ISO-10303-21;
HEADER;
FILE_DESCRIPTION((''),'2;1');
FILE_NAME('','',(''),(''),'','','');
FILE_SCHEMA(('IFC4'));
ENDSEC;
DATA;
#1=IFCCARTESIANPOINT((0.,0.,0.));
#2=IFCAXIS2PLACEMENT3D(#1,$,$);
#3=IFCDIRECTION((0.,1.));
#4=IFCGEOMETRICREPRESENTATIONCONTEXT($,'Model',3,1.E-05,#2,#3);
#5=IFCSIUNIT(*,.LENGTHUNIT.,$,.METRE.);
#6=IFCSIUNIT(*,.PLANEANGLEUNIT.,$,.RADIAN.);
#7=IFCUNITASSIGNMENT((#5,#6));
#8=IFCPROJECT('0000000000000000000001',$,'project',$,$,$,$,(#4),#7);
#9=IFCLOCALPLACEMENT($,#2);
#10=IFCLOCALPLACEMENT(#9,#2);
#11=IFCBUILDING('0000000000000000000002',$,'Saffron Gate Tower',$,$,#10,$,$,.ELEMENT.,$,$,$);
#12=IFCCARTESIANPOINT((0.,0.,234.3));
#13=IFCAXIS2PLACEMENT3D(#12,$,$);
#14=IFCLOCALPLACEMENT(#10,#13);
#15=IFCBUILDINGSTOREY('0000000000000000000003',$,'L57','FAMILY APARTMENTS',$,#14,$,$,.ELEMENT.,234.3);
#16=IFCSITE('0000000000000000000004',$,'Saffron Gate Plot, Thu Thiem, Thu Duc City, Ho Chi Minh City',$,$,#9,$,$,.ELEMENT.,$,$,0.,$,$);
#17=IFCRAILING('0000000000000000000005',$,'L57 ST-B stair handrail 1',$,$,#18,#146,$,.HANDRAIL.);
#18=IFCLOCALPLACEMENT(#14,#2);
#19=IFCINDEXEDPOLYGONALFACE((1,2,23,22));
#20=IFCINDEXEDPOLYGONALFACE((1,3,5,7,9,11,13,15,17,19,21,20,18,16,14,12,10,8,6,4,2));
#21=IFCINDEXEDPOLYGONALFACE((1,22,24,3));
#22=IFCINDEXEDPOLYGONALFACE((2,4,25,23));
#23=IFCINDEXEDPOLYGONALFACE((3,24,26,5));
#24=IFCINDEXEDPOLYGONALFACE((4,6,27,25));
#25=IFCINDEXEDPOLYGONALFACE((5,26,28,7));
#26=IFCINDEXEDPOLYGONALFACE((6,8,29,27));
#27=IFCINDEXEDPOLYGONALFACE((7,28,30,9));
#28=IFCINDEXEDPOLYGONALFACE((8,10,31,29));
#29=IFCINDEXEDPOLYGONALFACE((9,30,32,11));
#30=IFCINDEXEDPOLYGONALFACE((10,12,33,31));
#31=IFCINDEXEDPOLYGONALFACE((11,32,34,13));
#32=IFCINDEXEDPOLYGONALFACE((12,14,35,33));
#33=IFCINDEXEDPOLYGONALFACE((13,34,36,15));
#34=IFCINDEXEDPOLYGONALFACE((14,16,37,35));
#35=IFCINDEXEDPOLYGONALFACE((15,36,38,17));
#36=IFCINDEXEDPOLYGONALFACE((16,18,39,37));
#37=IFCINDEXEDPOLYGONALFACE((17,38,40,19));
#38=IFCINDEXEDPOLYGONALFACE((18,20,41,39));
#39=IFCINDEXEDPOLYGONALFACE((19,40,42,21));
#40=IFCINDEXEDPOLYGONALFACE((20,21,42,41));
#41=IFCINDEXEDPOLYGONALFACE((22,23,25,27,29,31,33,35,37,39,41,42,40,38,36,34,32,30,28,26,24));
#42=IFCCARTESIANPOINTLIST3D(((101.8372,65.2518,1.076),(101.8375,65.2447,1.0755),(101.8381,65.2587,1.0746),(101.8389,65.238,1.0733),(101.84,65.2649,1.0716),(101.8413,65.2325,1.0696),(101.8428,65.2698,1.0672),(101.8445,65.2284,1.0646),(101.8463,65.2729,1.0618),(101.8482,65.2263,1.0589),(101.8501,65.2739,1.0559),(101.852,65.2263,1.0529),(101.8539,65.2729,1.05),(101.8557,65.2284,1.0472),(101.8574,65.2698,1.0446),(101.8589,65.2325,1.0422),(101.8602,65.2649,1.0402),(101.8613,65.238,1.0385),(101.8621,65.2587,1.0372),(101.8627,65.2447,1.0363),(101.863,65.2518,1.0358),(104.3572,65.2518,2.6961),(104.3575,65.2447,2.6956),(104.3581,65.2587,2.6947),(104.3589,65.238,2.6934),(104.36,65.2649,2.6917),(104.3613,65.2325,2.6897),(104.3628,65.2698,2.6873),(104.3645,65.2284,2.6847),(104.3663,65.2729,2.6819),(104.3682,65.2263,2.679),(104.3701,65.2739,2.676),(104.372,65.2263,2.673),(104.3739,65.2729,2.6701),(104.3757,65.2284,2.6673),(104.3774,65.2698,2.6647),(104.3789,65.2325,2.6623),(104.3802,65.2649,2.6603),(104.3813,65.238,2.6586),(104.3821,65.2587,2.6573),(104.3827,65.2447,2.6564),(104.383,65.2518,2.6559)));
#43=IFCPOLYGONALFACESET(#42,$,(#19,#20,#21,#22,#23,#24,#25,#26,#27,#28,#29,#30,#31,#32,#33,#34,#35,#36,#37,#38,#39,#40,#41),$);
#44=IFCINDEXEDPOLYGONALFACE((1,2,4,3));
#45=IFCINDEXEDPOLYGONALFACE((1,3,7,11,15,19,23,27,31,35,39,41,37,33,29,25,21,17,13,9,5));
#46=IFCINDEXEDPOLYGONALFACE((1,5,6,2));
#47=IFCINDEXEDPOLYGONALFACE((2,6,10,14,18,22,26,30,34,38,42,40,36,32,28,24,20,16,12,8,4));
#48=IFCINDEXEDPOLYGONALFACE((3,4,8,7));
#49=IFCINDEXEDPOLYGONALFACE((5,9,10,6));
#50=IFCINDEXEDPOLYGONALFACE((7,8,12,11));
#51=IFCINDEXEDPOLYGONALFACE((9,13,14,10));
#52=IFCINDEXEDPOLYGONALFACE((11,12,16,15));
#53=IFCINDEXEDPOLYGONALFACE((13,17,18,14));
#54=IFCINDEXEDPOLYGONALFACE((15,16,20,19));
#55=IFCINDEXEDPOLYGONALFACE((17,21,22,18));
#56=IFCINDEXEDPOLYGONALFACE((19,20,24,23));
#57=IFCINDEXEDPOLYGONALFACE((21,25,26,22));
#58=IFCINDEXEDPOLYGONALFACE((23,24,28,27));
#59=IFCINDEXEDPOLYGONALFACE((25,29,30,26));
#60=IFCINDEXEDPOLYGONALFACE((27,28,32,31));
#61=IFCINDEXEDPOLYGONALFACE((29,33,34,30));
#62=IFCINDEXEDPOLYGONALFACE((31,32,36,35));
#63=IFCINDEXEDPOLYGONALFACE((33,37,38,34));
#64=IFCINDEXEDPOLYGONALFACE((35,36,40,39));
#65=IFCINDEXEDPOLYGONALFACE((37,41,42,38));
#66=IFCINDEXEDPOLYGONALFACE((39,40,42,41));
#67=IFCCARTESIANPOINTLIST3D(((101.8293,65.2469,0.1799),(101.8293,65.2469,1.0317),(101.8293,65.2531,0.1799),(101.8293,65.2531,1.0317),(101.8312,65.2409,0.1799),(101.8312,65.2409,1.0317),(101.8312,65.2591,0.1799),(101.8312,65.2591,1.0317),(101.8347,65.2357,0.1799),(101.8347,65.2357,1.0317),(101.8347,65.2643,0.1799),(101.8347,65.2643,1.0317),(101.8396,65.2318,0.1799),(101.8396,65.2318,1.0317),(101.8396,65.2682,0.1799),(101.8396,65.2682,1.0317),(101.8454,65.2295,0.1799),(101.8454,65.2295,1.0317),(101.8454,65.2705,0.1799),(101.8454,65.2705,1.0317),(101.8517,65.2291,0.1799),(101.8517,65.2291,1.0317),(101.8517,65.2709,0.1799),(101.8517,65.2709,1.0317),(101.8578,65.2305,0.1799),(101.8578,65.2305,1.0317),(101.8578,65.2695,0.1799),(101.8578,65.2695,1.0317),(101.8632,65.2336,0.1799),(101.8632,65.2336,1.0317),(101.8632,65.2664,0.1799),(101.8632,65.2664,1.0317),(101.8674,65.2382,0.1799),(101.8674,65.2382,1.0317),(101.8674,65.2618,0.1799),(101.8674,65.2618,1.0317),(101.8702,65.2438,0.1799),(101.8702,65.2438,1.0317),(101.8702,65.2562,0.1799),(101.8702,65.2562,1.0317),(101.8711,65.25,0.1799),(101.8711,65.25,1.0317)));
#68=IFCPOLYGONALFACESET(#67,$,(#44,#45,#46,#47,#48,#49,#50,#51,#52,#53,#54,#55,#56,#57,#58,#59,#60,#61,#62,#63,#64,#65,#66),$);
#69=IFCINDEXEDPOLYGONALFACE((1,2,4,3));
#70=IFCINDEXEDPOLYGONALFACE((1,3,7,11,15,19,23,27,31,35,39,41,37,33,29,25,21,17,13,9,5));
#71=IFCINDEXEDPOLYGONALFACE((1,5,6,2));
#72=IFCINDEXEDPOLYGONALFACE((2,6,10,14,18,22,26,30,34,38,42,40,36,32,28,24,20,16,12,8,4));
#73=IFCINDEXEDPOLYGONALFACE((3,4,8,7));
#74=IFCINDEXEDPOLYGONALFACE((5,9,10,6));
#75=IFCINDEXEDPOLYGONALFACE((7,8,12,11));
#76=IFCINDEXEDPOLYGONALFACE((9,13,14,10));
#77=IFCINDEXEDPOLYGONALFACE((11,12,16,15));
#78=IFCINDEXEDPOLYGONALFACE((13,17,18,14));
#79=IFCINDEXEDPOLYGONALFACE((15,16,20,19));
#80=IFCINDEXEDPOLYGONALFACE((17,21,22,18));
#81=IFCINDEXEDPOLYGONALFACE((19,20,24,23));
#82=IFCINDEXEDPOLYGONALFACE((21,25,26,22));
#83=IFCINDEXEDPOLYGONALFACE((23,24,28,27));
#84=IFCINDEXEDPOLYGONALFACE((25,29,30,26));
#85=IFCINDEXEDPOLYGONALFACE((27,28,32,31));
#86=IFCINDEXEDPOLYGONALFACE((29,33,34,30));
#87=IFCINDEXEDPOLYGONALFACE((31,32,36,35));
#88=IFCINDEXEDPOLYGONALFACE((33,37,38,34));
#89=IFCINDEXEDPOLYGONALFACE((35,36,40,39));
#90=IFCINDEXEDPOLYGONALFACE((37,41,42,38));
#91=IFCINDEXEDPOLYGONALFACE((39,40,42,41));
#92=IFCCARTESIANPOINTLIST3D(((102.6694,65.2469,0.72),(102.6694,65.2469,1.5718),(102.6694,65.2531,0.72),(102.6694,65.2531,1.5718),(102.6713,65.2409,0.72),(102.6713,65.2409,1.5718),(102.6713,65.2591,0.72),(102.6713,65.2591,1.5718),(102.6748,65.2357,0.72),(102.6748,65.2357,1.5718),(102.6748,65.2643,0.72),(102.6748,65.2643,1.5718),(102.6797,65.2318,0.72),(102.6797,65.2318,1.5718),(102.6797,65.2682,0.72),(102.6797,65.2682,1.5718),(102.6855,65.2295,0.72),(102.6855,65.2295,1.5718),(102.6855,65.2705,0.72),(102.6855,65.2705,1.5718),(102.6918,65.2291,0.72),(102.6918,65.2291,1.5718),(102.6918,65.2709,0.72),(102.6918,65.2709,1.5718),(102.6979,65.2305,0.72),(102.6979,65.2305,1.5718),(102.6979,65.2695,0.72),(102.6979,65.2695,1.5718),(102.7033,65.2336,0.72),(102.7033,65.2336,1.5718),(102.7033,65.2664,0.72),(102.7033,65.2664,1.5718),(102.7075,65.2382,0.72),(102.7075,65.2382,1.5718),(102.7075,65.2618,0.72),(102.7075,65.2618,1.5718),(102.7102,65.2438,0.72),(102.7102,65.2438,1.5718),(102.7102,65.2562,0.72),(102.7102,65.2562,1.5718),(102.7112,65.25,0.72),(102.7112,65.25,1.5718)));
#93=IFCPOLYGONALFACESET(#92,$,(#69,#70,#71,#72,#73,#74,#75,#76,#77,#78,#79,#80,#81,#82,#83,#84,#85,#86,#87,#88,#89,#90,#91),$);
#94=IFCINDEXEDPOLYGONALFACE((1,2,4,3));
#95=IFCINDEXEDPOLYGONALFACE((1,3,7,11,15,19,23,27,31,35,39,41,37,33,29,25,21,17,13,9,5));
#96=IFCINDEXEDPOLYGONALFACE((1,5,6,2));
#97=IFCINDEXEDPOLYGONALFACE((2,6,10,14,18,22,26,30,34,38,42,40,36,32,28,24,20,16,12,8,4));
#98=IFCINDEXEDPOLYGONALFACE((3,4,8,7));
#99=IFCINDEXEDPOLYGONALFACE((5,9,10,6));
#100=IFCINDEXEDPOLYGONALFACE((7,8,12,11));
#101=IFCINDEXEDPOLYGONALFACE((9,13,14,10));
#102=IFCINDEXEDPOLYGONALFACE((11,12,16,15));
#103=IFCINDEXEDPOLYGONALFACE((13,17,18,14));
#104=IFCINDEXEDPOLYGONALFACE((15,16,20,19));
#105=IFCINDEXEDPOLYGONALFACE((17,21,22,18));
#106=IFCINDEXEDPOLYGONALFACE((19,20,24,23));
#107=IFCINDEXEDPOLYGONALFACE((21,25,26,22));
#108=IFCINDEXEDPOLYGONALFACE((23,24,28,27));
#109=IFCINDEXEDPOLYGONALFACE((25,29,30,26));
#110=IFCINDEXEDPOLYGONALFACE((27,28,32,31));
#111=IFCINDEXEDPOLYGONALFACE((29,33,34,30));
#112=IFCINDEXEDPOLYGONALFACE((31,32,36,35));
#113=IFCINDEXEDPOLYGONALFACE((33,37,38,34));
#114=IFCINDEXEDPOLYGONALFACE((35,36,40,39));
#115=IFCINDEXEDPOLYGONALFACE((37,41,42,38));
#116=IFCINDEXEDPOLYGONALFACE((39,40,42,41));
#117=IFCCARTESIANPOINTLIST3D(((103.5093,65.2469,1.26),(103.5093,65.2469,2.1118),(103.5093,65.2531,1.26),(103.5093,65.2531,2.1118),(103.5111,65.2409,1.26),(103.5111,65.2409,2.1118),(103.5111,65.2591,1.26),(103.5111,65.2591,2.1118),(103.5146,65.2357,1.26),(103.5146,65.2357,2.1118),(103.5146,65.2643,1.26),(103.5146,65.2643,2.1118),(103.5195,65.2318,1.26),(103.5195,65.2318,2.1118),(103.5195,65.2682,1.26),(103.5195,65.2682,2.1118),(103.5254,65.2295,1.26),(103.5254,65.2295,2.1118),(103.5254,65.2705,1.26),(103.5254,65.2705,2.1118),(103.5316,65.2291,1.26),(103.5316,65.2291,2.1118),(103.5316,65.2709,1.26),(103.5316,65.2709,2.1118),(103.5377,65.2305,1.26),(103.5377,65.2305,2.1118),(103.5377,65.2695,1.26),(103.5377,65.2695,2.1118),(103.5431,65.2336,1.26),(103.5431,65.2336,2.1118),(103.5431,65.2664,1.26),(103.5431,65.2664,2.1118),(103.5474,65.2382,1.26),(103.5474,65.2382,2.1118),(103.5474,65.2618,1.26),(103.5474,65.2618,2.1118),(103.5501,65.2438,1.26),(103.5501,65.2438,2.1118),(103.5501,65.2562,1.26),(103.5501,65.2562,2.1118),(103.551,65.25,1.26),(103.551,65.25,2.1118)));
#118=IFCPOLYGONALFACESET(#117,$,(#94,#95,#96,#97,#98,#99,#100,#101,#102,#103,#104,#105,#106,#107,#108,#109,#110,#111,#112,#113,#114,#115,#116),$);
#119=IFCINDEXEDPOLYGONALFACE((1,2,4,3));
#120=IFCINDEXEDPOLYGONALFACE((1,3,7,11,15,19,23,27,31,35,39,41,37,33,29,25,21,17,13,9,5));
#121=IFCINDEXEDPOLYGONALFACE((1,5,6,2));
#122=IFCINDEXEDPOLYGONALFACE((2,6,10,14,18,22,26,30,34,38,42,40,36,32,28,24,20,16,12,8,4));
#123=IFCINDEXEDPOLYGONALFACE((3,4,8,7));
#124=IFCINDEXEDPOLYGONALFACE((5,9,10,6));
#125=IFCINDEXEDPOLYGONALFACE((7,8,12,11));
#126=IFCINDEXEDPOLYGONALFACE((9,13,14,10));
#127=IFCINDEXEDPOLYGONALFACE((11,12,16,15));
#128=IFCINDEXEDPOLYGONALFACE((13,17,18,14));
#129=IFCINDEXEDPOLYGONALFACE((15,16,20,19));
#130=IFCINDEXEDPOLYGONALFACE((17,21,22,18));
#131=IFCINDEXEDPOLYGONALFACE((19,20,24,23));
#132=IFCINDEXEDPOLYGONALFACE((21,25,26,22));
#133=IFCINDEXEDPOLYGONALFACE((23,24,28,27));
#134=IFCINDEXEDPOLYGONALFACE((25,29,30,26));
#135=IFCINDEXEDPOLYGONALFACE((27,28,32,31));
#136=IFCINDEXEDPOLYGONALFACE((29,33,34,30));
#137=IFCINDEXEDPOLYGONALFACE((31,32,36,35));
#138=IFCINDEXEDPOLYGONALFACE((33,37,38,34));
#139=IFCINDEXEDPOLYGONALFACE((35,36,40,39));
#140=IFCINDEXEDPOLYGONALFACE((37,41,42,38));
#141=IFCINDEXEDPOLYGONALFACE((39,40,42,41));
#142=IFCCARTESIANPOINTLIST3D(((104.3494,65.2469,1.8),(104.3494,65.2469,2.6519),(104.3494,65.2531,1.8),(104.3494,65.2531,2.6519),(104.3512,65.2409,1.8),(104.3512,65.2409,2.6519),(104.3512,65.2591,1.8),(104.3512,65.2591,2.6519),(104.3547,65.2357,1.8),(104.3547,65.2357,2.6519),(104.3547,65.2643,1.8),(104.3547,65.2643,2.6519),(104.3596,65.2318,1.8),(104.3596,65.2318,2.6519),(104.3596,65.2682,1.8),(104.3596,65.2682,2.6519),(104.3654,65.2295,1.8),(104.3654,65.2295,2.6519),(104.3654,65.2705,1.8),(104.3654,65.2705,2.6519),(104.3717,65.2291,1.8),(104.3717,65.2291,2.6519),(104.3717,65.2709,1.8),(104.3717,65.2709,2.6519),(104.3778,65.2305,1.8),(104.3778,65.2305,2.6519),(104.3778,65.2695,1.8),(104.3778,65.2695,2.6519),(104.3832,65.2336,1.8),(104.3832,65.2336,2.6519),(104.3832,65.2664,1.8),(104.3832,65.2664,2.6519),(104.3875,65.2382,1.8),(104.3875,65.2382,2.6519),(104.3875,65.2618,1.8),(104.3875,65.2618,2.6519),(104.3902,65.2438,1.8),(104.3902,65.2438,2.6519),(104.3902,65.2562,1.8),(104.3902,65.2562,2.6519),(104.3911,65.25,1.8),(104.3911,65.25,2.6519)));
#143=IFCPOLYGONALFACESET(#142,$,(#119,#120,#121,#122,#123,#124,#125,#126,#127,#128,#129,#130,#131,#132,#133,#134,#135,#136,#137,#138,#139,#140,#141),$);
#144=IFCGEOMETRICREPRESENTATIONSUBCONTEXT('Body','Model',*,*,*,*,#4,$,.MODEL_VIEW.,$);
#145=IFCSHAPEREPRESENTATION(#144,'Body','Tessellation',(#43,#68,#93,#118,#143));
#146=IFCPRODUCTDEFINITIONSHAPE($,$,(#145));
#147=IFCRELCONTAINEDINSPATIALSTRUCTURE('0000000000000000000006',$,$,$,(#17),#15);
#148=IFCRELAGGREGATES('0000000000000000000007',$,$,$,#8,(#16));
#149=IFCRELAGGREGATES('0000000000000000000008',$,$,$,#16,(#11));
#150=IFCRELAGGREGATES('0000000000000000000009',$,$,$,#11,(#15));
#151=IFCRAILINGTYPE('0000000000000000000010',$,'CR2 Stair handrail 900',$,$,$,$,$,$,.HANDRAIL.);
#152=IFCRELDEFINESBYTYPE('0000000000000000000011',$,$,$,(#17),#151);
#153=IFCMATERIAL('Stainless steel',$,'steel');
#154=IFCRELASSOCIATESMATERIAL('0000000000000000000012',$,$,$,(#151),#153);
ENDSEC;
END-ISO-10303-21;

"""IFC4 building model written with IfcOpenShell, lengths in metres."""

from ifc_helpers import new_model, si_unit, direction, frame, origin, origin_2d, place, context, subcontext, project, spatial, circle, extrude, material, type_object, element, save


model = new_model("IFC4")

# Units and contexts
model_context = context("Model", 3, precision=1e-05, world=origin(), true_north=direction((0.0, 1.0)))
body_context = subcontext(model_context, "Body", "Model", "MODEL_VIEW")
ifc_project = project(units=[si_unit("LENGTHUNIT", "METRE"), si_unit("PLANEANGLEUNIT", "RADIAN")], contexts=[model_context])

# Site, building, storey
site_placement = place(None, origin())
site = spatial("IfcSite", under=ifc_project, at=site_placement, Name="Saffron Gate Plot, Thu Thiem, Thu Duc City, Ho Chi Minh City", CompositionType="ELEMENT", RefElevation=0.0)
building_placement = place(site_placement, origin())
building = spatial("IfcBuilding", under=site, at=building_placement, Name="Saffron Gate Tower", CompositionType="ELEMENT")
storey_placement = place(building_placement, frame((0.0, 0.0, 234.3)))
storey = spatial("IfcBuildingStorey", under=building, at=storey_placement, Name="L57", Description="FAMILY APARTMENTS", CompositionType="ELEMENT", Elevation=234.3)

# Railing
ifc_material_1 = material(Name="Stainless steel", Category="steel")
railing_type_1 = type_object("IfcRailingType", Name="CR2 Stair handrail 900", PredefinedType="HANDRAIL", material=ifc_material_1)
railing_1_placement = place(storey_placement, frame((101.8501, 65.25, 0.1799)))
element("IfcRailing", 1, at=railing_1_placement, inside=storey, type_object=railing_type_1, Name="L57 ST-B stair handrail 1", PredefinedType="HANDRAIL", context=body_context, shape_type="SweptSolid", body=[
    extrude(circle(Radius=0.0239, at=origin_2d()), frame((0.0, 0.0, 0.876), z_axis=(0.841163, 0.0, 0.540782), x_axis=(0.0, 1.0, 0.0)), (0.0, 0.0, 1.0), 2.9958),
    extrude(circle(Radius=0.021, at=origin_2d()), origin(), (0.0, 0.0, 1.0), 0.8518),
    extrude(circle(Radius=0.021, at=origin_2d()), frame((0.8401, 0.0, 0.54)), (0.0, 0.0, 1.0), 0.8518),
    extrude(circle(Radius=0.021, at=origin_2d()), frame((1.6799, 0.0, 1.0801)), (0.0, 0.0, 1.0), 0.8518),
    extrude(circle(Radius=0.021, at=origin_2d()), frame((2.52, 0.0, 1.6201)), (0.0, 0.0, 1.0), 0.8518),
])

save(model, "model.ifc")
